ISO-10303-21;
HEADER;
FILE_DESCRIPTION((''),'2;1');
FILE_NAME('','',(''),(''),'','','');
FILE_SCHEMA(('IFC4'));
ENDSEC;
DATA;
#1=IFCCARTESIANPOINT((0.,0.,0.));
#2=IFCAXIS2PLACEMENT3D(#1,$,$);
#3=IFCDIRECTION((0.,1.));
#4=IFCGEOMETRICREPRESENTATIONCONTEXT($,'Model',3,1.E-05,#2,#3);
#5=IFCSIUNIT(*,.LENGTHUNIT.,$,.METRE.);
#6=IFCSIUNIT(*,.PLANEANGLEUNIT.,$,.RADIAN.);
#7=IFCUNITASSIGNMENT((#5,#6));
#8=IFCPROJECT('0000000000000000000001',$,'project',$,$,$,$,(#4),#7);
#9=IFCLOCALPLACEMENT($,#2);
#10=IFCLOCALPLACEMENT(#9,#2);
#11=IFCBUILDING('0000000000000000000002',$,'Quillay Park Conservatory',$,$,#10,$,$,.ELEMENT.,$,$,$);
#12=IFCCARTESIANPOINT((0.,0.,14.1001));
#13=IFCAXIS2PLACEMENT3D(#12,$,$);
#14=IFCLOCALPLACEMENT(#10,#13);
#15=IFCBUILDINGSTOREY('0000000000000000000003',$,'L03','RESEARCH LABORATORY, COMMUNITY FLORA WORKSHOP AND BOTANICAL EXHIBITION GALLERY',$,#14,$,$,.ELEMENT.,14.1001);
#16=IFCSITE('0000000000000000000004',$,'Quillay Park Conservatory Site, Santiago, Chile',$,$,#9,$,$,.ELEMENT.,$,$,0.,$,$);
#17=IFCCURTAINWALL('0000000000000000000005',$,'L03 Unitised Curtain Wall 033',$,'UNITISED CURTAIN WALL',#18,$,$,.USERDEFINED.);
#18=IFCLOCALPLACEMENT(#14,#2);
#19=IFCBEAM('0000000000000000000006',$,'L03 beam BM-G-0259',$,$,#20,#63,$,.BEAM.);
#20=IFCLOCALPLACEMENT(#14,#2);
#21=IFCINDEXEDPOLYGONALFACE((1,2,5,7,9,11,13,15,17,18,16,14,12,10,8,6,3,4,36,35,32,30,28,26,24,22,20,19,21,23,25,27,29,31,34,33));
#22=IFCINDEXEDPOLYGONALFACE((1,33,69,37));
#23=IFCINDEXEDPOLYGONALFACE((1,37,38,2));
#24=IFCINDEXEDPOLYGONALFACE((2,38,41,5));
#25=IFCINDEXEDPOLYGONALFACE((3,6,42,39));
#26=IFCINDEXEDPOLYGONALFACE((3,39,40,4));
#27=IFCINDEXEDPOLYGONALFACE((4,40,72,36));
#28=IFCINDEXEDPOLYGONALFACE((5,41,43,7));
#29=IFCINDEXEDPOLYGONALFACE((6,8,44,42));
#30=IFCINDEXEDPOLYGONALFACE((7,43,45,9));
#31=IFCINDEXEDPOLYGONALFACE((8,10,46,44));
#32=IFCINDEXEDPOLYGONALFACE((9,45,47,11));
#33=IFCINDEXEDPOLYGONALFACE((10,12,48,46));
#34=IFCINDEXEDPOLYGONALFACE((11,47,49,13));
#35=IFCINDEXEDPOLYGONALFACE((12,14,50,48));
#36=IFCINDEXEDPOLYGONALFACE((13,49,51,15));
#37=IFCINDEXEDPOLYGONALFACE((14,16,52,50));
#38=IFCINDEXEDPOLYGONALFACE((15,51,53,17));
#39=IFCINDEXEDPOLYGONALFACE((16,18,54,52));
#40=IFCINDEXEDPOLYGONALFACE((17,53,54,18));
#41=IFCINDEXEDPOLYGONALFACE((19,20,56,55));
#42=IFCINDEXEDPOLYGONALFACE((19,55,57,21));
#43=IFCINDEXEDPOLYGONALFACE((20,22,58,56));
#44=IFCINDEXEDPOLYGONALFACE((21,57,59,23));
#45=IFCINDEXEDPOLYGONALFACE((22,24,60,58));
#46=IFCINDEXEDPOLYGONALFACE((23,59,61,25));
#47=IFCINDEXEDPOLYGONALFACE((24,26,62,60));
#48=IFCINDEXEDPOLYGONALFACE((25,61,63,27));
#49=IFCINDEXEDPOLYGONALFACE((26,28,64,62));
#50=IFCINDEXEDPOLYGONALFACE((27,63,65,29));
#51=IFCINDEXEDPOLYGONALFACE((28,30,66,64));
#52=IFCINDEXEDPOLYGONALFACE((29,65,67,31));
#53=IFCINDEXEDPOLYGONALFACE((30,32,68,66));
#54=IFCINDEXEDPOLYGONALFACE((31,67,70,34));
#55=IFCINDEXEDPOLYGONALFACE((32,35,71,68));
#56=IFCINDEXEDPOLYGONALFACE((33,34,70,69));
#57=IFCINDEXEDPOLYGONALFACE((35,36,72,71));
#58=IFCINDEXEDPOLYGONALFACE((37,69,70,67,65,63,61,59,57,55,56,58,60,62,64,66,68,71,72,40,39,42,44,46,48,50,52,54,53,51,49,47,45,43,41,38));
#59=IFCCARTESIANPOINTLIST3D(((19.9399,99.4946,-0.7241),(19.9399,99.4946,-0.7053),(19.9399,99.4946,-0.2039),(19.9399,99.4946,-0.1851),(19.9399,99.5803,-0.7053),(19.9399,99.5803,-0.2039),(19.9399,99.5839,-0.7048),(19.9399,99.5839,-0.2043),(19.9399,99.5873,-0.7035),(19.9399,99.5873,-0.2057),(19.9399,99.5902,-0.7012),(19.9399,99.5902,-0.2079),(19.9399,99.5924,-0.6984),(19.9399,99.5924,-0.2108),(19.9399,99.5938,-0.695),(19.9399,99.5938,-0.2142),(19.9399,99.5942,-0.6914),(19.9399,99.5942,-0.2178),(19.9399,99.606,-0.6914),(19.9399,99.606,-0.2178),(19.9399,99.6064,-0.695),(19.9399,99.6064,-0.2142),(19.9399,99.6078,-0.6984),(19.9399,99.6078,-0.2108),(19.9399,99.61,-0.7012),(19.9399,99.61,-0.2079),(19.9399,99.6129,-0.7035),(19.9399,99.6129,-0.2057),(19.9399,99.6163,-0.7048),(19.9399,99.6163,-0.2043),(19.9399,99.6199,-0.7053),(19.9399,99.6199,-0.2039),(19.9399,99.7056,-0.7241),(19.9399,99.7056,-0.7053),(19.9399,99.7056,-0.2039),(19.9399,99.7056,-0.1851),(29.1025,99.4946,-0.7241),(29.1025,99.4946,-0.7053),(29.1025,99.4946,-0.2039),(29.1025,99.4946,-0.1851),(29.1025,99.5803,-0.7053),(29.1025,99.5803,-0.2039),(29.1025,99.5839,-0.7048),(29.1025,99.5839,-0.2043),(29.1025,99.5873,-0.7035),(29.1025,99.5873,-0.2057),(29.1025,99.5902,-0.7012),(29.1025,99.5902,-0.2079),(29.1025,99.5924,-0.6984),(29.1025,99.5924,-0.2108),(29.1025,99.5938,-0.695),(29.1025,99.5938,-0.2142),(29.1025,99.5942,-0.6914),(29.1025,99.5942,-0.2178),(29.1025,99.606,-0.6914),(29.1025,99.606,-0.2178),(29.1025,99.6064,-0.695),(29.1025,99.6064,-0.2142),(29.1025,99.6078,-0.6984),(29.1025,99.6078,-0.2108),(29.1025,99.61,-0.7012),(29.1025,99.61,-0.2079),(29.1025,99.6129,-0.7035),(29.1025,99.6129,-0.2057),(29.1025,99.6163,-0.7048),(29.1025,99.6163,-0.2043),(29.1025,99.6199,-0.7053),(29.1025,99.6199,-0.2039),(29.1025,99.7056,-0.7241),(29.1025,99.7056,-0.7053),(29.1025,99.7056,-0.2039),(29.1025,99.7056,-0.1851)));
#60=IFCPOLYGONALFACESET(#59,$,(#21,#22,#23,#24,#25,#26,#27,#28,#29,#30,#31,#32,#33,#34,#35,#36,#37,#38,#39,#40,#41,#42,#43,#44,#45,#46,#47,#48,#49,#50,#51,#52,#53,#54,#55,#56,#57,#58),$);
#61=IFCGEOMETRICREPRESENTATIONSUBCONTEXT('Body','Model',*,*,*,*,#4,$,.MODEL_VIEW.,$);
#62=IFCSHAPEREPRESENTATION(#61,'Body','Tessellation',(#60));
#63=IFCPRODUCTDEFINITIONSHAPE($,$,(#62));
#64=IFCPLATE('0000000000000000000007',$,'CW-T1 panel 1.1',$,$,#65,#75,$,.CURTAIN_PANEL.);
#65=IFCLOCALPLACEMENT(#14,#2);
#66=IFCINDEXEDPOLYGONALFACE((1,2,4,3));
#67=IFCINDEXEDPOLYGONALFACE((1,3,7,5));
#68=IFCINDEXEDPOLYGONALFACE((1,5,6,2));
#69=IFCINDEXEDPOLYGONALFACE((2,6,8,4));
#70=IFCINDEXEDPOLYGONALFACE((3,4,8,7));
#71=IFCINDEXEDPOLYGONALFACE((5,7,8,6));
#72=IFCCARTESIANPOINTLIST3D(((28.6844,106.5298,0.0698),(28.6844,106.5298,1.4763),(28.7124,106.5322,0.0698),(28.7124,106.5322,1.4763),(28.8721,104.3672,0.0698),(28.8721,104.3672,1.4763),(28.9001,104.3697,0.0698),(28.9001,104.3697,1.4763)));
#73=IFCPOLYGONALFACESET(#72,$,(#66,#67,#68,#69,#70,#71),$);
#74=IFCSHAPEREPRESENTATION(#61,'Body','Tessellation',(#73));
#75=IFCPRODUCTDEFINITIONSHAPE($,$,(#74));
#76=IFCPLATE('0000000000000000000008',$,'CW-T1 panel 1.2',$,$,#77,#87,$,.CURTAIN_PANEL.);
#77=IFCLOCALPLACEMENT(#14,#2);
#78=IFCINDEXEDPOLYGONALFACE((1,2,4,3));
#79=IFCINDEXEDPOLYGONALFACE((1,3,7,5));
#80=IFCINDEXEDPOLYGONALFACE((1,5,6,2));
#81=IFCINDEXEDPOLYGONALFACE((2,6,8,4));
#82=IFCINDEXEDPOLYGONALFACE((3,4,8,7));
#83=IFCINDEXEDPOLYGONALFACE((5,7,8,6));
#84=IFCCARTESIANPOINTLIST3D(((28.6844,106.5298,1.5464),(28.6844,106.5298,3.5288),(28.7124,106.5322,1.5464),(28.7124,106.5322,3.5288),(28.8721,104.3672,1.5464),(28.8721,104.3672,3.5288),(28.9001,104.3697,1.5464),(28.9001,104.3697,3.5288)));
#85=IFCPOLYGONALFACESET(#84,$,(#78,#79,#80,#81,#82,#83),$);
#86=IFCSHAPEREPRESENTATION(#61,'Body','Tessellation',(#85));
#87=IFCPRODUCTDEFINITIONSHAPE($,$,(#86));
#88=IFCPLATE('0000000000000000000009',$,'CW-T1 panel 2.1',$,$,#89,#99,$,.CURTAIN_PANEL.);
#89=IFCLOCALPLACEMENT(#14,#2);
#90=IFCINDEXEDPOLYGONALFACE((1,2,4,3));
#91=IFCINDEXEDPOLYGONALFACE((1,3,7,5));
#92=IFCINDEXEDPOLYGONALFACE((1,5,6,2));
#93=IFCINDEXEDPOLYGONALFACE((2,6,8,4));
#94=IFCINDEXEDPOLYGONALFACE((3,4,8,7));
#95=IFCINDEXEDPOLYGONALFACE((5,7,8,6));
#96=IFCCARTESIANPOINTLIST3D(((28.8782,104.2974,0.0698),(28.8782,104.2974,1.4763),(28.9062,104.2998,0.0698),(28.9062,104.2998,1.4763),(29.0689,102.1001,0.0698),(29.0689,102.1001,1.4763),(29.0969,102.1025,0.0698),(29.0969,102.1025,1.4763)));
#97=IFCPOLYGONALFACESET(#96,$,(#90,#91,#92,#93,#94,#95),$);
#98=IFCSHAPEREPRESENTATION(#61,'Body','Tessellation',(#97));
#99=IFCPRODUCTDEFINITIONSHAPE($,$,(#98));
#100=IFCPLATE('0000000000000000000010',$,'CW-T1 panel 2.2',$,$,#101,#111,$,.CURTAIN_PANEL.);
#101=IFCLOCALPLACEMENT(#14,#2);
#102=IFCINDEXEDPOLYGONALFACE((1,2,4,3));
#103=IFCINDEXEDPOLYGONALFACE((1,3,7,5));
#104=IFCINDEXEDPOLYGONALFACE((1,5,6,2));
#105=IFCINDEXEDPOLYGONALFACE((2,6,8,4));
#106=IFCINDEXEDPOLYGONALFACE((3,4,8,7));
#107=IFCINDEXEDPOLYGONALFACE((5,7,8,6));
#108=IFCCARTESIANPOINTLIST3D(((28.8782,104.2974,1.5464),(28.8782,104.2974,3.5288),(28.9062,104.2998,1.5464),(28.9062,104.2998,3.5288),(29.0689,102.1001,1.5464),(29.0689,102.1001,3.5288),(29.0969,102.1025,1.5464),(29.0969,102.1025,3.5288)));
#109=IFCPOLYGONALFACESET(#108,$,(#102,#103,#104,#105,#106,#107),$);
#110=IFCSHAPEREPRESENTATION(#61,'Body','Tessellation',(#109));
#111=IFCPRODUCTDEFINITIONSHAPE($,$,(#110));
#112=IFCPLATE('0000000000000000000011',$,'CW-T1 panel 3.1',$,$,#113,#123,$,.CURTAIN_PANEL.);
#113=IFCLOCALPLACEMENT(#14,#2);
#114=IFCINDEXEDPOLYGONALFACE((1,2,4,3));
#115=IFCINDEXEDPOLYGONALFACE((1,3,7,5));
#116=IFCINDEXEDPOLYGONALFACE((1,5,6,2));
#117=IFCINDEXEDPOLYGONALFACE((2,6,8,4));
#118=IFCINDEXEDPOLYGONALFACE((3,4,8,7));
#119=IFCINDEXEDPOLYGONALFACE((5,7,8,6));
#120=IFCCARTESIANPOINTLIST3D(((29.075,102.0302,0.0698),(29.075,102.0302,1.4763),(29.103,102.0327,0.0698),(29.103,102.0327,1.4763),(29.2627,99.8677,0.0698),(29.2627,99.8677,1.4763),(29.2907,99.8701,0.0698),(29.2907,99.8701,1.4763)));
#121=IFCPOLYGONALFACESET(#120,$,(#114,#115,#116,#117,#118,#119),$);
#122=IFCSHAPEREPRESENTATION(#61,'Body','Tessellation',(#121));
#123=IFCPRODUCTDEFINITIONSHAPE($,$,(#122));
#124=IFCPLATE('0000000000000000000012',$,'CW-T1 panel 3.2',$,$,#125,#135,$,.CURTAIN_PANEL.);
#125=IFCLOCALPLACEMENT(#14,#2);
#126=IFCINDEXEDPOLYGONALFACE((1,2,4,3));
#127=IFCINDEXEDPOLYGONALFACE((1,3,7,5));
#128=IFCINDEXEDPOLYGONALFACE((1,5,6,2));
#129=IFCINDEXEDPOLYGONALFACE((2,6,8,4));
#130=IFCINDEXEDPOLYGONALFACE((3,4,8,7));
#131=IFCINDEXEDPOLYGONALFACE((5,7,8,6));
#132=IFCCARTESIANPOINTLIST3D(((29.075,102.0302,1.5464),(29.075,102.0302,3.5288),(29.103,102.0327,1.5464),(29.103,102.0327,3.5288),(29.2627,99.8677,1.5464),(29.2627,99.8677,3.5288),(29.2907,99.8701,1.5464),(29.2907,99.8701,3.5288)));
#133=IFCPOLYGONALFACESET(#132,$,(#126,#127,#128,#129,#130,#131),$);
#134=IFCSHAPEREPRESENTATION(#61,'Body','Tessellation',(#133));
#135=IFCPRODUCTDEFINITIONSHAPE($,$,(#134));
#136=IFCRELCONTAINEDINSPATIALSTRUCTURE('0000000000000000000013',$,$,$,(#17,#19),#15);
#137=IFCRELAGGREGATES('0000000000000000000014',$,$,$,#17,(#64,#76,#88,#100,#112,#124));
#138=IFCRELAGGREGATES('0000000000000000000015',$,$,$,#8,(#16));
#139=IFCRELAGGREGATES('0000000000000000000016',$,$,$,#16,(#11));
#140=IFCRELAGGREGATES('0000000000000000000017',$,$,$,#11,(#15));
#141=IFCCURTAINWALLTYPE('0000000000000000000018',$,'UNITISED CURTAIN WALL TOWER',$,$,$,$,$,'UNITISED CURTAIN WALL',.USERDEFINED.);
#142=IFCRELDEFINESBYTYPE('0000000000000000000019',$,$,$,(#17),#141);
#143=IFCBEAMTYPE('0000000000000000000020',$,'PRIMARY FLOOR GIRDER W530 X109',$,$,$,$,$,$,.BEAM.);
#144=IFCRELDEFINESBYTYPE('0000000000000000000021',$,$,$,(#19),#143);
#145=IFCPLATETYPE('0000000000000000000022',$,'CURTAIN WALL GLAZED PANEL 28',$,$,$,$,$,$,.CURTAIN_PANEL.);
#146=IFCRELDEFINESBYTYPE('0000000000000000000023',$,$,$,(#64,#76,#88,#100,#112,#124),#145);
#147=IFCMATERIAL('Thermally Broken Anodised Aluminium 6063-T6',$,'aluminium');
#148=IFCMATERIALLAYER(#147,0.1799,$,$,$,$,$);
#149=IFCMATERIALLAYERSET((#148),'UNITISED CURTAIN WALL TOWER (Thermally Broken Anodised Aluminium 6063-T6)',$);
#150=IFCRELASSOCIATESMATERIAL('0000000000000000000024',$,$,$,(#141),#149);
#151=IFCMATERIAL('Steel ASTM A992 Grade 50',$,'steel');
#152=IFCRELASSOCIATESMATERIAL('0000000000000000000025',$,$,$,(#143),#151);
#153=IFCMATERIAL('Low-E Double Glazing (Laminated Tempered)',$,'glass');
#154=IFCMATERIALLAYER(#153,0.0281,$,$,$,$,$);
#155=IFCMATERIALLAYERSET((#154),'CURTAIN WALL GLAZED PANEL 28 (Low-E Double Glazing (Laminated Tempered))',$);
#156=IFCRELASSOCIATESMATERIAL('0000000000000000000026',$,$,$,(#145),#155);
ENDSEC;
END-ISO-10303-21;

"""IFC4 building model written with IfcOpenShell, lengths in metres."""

from ifc_helpers import new_model, si_unit, direction, frame, origin, origin_2d, place, context, subcontext, project, spatial, rectangle, i_section, extrude, material, layer, layer_set, material_profile, profile_set, type_object, element, aggregate, save


model = new_model("IFC4")

# Units and contexts
model_context = context("Model", 3, precision=1e-05, world=origin(), true_north=direction((0.0, 1.0)))
body_context = subcontext(model_context, "Body", "Model", "MODEL_VIEW")
ifc_project = project(units=[si_unit("LENGTHUNIT", "METRE"), si_unit("PLANEANGLEUNIT", "RADIAN")], contexts=[model_context])

# Site, building, storey
site_placement = place(None, origin())
site = spatial("IfcSite", under=ifc_project, at=site_placement, Name="Quillay Park Conservatory Site, Santiago, Chile", CompositionType="ELEMENT", RefElevation=0.0)
building_placement = place(site_placement, origin())
building = spatial("IfcBuilding", under=site, at=building_placement, Name="Quillay Park Conservatory", CompositionType="ELEMENT")
storey_placement = place(building_placement, frame((0.0, 0.0, 14.1001)))
storey = spatial("IfcBuildingStorey", under=building, at=storey_placement, Name="L03", Description="RESEARCH LABORATORY, COMMUNITY FLORA WORKSHOP AND BOTANICAL EXHIBITION GALLERY", CompositionType="ELEMENT", Elevation=14.1001)

# Curtain wall
ifc_material_1 = material(Name="Thermally Broken Anodised Aluminium 6063-T6", Category="aluminium")
ifc_layer_1 = layer(ifc_material_1, 0.1799)
ifc_layer_set_1 = layer_set([ifc_layer_1], Name="UNITISED CURTAIN WALL TOWER (Thermally Broken Anodised Aluminium 6063-T6)")
curtain_wall_type = type_object("IfcCurtainWallType", Name="UNITISED CURTAIN WALL TOWER", ElementType="UNITISED CURTAIN WALL", PredefinedType="USERDEFINED", material=ifc_layer_set_1)
curtain_wall_placement = place(storey_placement, origin())
curtain_wall = element("IfcCurtainWall", 1, at=curtain_wall_placement, inside=storey, type_object=curtain_wall_type, Name="L03 Unitised Curtain Wall 033", ObjectType="UNITISED CURTAIN WALL", PredefinedType="USERDEFINED")

# Beam
ifc_material_2 = material(Name="Steel ASTM A992 Grade 50", Category="steel")
ifc_material_profile_1 = material_profile(ifc_material_2, i_section(OverallWidth=0.2109, OverallDepth=0.5391, WebThickness=0.0117, FlangeThickness=0.0188, FilletRadius=0.0139, at=origin_2d()), Name="W530x109")
ifc_profile_set_1 = profile_set([ifc_material_profile_1], Name="Steel ASTM A992 Grade 50")
beam_type_1 = type_object("IfcBeamType", Name="PRIMARY FLOOR GIRDER W530 X109", PredefinedType="BEAM", material=ifc_profile_set_1)
beam_1_placement = place(storey_placement, frame((19.9399, 99.6001, -0.4546), z_axis=(1.0, 0.0, 0.0), x_axis=(0.0, 1.0, 0.0)))
element("IfcBeam", 2, at=beam_1_placement, inside=storey, type_object=beam_type_1, Name="L03 beam BM-G-0259", PredefinedType="BEAM", context=body_context, shape_type="SweptSolid", body=[
    extrude(i_section(OverallWidth=0.2109, OverallDepth=0.5391, WebThickness=0.0117, FlangeThickness=0.0188, FilletRadius=0.0139, at=origin_2d()), origin(), (0.0, 0.0, 1.0), 9.1626),
])

# Plates
ifc_material_3 = material(Name="Low-E Double Glazing (Laminated Tempered)", Category="glass")
ifc_layer_2 = layer(ifc_material_3, 0.0281)
ifc_layer_set_2 = layer_set([ifc_layer_2], Name="CURTAIN WALL GLAZED PANEL 28 (Low-E Double Glazing (Laminated Tempered))")
plate_type = type_object("IfcPlateType", Name="CURTAIN WALL GLAZED PANEL 28", PredefinedType="CURTAIN_PANEL", material=ifc_layer_set_2)
plate_1_placement = place(storey_placement, frame((28.7922, 105.4497, 0.0698), z_axis=(0.0, 0.0, 1.0), x_axis=(0.08648, -0.996254, 0.0)))
plate_1 = element("IfcPlate", 3, at=plate_1_placement, type_object=plate_type, Name="CW-T1 panel 1.1", PredefinedType="CURTAIN_PANEL", context=body_context, shape_type="SweptSolid", body=[
    extrude(rectangle(XDim=2.1707, YDim=0.0281, at=origin_2d()), origin(), (0.0, 0.0, 1.0), 1.4065),
])
plate_2_placement = place(storey_placement, frame((28.7922, 105.4497, 1.5464), z_axis=(0.0, 0.0, 1.0), x_axis=(0.08648, -0.996254, 0.0)))
plate_2 = element("IfcPlate", 4, at=plate_2_placement, type_object=plate_type, Name="CW-T1 panel 1.2", PredefinedType="CURTAIN_PANEL", context=body_context, shape_type="SweptSolid", body=[
    extrude(rectangle(XDim=2.1707, YDim=0.0281, at=origin_2d()), origin(), (0.0, 0.0, 1.0), 1.9824),
])
plate_3_placement = place(storey_placement, frame((28.9875, 103.2, 0.0698), z_axis=(0.0, 0.0, 1.0), x_axis=(0.08648, -0.996254, 0.0)))
plate_3 = element("IfcPlate", 5, at=plate_3_placement, type_object=plate_type, Name="CW-T1 panel 2.1", PredefinedType="CURTAIN_PANEL", context=body_context, shape_type="SweptSolid", body=[
    extrude(rectangle(XDim=2.2056, YDim=0.0281, at=origin_2d()), origin(), (0.0, 0.0, 1.0), 1.4065),
])
plate_4_placement = place(storey_placement, frame((28.9875, 103.2, 1.5464), z_axis=(0.0, 0.0, 1.0), x_axis=(0.08648, -0.996254, 0.0)))
plate_4 = element("IfcPlate", 6, at=plate_4_placement, type_object=plate_type, Name="CW-T1 panel 2.2", PredefinedType="CURTAIN_PANEL", context=body_context, shape_type="SweptSolid", body=[
    extrude(rectangle(XDim=2.2056, YDim=0.0281, at=origin_2d()), origin(), (0.0, 0.0, 1.0), 1.9824),
])
plate_5_placement = place(storey_placement, frame((29.1829, 100.9502, 0.0698), z_axis=(0.0, 0.0, 1.0), x_axis=(0.08648, -0.996254, 0.0)))
plate_5 = element("IfcPlate", 7, at=plate_5_placement, type_object=plate_type, Name="CW-T1 panel 3.1", PredefinedType="CURTAIN_PANEL", context=body_context, shape_type="SweptSolid", body=[
    extrude(rectangle(XDim=2.1707, YDim=0.0281, at=origin_2d()), origin(), (0.0, 0.0, 1.0), 1.4065),
])
plate_6_placement = place(storey_placement, frame((29.1829, 100.9502, 1.5464), z_axis=(0.0, 0.0, 1.0), x_axis=(0.08648, -0.996254, 0.0)))
plate_6 = element("IfcPlate", 8, at=plate_6_placement, type_object=plate_type, Name="CW-T1 panel 3.2", PredefinedType="CURTAIN_PANEL", context=body_context, shape_type="SweptSolid", body=[
    extrude(rectangle(XDim=2.1707, YDim=0.0281, at=origin_2d()), origin(), (0.0, 0.0, 1.0), 1.9824),
])
aggregate(curtain_wall, [plate_1, plate_2, plate_3, plate_4, plate_5, plate_6])

save(model, "model.ifc")
